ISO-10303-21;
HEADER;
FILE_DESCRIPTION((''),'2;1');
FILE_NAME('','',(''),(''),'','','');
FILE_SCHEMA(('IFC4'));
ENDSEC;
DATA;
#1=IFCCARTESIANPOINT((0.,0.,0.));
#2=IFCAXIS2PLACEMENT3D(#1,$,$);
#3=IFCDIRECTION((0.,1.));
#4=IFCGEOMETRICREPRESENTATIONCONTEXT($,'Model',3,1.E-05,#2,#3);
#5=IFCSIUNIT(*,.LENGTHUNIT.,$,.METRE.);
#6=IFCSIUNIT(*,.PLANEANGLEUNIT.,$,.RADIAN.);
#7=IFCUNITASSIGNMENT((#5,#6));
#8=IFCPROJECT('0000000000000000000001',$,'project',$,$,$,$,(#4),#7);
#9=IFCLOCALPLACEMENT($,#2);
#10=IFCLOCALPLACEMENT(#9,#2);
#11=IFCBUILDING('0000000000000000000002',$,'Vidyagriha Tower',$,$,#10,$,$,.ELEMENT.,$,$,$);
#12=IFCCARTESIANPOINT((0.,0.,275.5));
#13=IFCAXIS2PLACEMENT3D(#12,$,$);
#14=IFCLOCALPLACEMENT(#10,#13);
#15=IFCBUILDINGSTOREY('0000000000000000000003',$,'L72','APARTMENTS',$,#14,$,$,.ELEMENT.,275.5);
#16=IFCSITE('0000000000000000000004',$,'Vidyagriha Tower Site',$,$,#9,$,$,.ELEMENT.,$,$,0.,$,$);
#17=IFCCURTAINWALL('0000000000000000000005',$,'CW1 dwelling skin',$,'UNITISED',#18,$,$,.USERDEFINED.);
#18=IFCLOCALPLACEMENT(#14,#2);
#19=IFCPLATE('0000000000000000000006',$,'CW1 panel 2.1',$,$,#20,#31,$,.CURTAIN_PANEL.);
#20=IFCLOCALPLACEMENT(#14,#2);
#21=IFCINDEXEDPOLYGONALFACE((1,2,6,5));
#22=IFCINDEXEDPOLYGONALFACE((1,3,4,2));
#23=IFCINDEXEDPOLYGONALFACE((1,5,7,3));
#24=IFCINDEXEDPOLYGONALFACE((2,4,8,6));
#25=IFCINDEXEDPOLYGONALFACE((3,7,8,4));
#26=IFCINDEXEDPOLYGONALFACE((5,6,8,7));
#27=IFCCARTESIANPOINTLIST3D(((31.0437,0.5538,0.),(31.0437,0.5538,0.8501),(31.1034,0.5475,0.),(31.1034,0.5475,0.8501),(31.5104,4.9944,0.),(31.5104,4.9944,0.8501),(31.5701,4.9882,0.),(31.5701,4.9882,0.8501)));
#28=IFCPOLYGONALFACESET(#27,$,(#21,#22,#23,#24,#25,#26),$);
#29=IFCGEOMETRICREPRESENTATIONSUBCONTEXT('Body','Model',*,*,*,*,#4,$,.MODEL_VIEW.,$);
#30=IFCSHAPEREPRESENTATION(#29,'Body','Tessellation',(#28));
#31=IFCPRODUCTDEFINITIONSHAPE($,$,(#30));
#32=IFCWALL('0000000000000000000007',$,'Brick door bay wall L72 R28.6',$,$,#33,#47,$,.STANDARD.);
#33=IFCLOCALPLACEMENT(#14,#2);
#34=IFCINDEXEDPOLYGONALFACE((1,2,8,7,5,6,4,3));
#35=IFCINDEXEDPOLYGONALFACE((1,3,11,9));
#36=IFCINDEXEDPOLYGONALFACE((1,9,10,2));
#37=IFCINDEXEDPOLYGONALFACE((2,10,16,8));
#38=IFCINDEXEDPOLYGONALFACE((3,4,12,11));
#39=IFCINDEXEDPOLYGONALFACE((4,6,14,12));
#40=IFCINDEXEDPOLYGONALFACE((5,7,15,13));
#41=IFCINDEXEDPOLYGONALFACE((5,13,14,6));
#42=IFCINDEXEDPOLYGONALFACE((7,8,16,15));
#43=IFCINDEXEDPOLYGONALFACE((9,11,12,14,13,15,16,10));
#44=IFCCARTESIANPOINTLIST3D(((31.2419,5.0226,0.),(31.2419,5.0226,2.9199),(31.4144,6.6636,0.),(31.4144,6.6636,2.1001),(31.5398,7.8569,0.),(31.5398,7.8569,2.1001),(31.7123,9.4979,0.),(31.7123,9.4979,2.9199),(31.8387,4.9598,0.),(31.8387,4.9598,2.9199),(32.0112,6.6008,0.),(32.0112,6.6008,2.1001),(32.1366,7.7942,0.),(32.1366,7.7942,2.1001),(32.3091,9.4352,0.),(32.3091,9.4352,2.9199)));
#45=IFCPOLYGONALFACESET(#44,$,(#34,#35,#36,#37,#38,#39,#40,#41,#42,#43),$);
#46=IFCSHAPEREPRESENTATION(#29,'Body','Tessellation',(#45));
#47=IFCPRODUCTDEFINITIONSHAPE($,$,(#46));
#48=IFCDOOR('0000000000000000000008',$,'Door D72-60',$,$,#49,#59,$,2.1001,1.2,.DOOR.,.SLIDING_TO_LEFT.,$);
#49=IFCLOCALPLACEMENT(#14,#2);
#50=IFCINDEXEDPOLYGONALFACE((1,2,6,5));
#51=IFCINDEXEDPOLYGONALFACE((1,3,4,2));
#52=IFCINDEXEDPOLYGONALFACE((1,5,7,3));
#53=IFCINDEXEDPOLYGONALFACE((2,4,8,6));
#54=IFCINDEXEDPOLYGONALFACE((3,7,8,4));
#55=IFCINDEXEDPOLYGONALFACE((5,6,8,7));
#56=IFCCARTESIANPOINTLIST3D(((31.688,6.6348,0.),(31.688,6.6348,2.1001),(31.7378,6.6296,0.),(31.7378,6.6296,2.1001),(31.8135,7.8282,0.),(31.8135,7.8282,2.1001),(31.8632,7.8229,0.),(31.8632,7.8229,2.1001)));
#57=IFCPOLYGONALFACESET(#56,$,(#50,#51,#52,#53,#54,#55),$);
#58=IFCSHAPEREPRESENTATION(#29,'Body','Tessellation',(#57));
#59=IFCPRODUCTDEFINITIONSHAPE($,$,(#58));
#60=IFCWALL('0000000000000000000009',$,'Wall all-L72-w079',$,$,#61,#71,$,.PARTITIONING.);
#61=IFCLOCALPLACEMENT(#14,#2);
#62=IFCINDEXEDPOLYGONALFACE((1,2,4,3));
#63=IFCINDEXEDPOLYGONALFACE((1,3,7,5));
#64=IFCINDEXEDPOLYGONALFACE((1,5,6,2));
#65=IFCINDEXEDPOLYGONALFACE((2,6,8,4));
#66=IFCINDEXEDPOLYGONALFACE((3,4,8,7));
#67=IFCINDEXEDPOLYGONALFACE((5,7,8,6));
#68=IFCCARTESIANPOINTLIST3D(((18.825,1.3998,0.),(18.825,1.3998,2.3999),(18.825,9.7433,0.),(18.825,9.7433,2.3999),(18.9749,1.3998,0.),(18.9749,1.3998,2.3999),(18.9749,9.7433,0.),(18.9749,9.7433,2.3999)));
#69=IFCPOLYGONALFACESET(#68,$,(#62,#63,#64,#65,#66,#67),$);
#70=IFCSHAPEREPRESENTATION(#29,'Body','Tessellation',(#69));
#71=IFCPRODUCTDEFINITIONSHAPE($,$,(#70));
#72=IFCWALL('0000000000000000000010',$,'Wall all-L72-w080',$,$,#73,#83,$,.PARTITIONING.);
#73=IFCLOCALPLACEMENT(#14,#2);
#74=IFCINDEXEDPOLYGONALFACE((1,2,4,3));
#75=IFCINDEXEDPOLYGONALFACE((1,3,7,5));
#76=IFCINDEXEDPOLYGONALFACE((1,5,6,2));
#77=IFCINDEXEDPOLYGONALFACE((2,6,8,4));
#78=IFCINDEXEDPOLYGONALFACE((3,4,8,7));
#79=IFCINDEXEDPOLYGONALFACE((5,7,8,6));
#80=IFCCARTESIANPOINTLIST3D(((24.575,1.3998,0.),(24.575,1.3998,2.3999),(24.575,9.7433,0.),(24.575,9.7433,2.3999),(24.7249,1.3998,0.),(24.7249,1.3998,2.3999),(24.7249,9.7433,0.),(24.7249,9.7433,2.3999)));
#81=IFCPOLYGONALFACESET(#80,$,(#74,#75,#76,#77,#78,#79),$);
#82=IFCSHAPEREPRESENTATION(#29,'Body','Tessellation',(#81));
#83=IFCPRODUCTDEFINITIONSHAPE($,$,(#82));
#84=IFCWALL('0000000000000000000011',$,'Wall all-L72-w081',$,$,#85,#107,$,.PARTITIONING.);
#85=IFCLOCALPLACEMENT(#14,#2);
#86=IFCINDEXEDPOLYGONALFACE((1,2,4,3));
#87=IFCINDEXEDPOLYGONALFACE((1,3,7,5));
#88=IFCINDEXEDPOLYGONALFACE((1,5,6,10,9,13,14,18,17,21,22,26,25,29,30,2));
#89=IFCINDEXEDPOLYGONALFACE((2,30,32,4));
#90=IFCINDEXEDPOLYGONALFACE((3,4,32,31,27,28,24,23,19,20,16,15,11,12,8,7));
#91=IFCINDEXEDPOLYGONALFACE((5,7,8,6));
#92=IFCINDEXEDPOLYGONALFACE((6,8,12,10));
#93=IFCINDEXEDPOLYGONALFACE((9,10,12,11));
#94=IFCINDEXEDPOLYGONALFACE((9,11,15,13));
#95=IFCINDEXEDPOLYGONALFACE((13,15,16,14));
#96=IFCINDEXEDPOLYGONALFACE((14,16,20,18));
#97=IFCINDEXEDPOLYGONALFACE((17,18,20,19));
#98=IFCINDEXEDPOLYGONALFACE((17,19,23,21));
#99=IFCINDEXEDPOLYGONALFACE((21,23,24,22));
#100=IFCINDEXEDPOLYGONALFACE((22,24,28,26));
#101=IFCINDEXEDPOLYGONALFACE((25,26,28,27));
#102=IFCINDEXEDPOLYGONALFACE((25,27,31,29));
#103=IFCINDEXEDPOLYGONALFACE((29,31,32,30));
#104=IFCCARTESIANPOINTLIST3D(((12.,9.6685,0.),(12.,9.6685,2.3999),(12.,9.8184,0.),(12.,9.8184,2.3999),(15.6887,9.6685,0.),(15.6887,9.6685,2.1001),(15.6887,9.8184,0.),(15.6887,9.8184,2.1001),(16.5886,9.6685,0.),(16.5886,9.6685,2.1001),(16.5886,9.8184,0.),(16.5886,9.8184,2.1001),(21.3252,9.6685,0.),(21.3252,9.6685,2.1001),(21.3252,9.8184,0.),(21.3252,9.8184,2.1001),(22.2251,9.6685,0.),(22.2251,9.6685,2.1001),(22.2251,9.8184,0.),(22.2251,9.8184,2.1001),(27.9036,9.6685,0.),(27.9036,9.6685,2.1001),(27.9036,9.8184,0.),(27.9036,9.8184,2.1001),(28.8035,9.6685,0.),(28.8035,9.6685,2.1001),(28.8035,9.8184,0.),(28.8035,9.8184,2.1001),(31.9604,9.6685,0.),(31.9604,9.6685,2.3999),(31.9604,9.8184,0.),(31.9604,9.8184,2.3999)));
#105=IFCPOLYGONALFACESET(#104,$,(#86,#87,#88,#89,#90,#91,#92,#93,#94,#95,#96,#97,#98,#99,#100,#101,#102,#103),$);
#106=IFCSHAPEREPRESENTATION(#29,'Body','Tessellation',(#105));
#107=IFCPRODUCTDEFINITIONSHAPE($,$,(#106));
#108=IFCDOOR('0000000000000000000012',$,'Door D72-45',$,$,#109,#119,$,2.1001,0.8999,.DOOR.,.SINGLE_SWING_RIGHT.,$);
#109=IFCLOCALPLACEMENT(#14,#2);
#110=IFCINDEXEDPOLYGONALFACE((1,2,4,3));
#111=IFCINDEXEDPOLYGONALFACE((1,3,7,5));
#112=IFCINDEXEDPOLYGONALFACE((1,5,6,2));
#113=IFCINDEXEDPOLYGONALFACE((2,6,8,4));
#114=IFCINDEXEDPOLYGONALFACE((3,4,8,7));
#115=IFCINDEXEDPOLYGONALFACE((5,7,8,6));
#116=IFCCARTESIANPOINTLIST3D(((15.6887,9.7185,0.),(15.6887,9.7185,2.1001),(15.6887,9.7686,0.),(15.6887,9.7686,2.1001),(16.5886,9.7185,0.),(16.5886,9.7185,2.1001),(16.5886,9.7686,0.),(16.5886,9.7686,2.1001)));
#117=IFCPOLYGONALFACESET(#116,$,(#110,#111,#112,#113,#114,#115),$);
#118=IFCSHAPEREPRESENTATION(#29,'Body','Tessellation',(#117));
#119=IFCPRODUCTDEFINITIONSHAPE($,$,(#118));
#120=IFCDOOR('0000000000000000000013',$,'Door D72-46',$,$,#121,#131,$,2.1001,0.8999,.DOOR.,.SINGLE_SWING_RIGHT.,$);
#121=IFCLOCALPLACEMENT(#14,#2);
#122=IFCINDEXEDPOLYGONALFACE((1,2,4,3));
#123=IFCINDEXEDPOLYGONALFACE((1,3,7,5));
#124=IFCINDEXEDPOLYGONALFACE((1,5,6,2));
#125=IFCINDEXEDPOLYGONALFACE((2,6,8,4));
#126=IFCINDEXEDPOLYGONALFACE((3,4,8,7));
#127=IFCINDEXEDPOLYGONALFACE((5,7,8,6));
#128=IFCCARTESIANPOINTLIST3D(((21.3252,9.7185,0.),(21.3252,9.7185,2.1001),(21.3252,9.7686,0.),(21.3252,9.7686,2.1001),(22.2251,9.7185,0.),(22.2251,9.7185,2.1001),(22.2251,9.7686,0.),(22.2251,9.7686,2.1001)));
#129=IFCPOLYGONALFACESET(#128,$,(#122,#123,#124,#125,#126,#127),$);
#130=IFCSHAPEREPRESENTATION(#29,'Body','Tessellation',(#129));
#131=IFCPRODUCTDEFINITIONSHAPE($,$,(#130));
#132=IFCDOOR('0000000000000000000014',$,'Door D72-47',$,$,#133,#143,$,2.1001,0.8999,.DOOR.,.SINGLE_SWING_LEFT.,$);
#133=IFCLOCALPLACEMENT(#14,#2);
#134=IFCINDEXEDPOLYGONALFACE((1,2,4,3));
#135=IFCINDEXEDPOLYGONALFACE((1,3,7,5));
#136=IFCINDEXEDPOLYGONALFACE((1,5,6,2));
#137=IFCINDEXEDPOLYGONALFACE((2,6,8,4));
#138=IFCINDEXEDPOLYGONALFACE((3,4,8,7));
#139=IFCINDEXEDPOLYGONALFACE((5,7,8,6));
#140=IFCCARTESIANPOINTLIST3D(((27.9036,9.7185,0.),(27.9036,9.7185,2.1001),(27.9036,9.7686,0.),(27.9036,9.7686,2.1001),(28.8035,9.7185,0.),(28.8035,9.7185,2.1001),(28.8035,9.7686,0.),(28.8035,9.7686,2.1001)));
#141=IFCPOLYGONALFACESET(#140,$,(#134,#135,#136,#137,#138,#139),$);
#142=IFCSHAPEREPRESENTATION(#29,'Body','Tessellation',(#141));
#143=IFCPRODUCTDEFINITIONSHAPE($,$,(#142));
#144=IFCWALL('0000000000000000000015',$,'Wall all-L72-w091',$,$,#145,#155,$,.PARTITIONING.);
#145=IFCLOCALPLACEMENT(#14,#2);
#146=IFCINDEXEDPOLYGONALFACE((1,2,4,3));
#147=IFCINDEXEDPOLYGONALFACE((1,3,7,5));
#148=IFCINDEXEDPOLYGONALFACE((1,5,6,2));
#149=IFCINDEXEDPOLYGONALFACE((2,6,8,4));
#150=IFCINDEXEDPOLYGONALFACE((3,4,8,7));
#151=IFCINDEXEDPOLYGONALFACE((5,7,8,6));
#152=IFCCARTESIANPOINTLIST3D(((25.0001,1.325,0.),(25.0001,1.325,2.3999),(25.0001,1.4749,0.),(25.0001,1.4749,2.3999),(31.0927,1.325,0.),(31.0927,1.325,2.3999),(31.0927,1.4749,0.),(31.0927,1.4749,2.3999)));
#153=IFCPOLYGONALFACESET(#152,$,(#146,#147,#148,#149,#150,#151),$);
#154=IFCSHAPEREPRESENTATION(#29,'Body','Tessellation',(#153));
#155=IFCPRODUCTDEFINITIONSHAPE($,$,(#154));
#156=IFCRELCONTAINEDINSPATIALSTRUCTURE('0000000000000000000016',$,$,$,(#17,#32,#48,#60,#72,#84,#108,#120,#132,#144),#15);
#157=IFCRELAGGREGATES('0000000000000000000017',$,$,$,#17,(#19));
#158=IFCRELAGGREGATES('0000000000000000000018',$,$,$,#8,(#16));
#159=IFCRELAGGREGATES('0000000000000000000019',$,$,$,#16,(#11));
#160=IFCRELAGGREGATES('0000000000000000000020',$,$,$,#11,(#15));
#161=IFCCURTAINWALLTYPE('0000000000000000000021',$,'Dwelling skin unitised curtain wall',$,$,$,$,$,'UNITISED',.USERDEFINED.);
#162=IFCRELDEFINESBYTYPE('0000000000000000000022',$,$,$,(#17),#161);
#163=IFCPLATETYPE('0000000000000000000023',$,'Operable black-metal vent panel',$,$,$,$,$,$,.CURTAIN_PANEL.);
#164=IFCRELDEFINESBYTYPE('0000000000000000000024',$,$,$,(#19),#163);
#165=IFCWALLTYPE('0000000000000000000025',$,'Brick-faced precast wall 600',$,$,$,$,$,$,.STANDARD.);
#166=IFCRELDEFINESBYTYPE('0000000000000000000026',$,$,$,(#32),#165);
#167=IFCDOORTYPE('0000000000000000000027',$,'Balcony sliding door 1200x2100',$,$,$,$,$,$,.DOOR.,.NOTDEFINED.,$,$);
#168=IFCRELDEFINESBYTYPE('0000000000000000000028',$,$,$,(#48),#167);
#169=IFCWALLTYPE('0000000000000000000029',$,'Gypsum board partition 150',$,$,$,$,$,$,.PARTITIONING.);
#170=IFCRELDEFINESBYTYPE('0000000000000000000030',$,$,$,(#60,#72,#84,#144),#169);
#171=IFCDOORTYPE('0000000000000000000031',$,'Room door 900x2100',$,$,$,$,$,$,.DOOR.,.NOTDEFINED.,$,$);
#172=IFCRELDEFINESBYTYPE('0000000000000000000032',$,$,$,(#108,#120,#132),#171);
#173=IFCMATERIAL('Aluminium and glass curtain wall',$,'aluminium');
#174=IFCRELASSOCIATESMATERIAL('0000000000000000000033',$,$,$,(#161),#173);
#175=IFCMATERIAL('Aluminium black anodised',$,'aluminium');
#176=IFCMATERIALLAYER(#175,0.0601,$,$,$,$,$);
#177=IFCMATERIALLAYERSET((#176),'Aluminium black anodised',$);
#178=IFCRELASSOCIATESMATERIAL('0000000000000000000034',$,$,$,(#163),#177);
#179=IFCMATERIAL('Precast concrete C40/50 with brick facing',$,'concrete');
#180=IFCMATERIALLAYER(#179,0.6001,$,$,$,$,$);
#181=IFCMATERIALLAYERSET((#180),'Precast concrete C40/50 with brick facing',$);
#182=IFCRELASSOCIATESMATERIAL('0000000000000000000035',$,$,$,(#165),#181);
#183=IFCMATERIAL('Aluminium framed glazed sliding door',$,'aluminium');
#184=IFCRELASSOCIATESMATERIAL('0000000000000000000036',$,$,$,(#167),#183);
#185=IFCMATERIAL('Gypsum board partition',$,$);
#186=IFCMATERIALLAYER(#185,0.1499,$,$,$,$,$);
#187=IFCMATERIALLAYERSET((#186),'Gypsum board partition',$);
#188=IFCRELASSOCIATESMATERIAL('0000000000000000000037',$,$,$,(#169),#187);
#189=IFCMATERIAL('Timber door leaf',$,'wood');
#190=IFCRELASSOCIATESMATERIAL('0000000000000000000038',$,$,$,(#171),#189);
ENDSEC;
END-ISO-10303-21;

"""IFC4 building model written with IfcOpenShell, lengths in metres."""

from ifc_helpers import new_model, si_unit, direction, frame, frame_2d, origin, origin_2d, place, context, subcontext, project, spatial, rectangle, extrude, material, layer, layer_set, type_object, element, fill, aggregate, save


model = new_model("IFC4")

# Units and contexts
model_context = context("Model", 3, precision=1e-05, world=origin(), true_north=direction((0.0, 1.0)))
body_context = subcontext(model_context, "Body", "Model", "MODEL_VIEW")
ifc_project = project(units=[si_unit("LENGTHUNIT", "METRE"), si_unit("PLANEANGLEUNIT", "RADIAN")], contexts=[model_context])

# Site, building, storey
site_placement = place(None, origin())
site = spatial("IfcSite", under=ifc_project, at=site_placement, Name="Vidyagriha Tower Site", CompositionType="ELEMENT", RefElevation=0.0)
building_placement = place(site_placement, origin())
building = spatial("IfcBuilding", under=site, at=building_placement, Name="Vidyagriha Tower", CompositionType="ELEMENT")
storey_placement = place(building_placement, frame((0.0, 0.0, 275.5)))
storey = spatial("IfcBuildingStorey", under=building, at=storey_placement, Name="L72", Description="APARTMENTS", CompositionType="ELEMENT", Elevation=275.5)

# Curtain wall
ifc_material_1 = material(Name="Aluminium and glass curtain wall", Category="aluminium")
curtain_wall_type = type_object("IfcCurtainWallType", Name="Dwelling skin unitised curtain wall", ElementType="UNITISED", PredefinedType="USERDEFINED", material=ifc_material_1)
curtain_wall_1_placement = place(storey_placement, origin())
curtain_wall_1 = element("IfcCurtainWall", 1, at=curtain_wall_1_placement, inside=storey, type_object=curtain_wall_type, Name="CW1 dwelling skin", ObjectType="UNITISED", PredefinedType="USERDEFINED")

# Plate
ifc_material_2 = material(Name="Aluminium black anodised", Category="aluminium")
ifc_layer_1 = layer(ifc_material_2, 0.0601)
ifc_layer_set_1 = layer_set([ifc_layer_1], Name="Aluminium black anodised")
plate_type_1 = type_object("IfcPlateType", Name="Operable black-metal vent panel", PredefinedType="CURTAIN_PANEL", material=ifc_layer_set_1)
plate_1_placement = place(storey_placement, frame((31.3069, 2.771, 0.0), z_axis=(0.0, 0.0, 1.0), x_axis=(0.10453, 0.994522, 0.0)))
plate_1 = element("IfcPlate", 2, at=plate_1_placement, type_object=plate_type_1, Name="CW1 panel 2.1", PredefinedType="CURTAIN_PANEL", context=body_context, shape_type="SweptSolid", body=[
    extrude(rectangle(XDim=4.4651, YDim=0.0601, at=origin_2d()), origin(), (0.0, 0.0, 1.0), 0.8501),
])
aggregate(curtain_wall_1, [plate_1])

# Wall, opening, door
ifc_material_3 = material(Name="Precast concrete C40/50 with brick facing", Category="concrete")
ifc_layer_2 = layer(ifc_material_3, 0.6001)
ifc_layer_set_2 = layer_set([ifc_layer_2], Name="Precast concrete C40/50 with brick facing")
wall_type_1 = type_object("IfcWallType", Name="Brick-faced precast wall 600", PredefinedType="STANDARD", material=ifc_layer_set_2)
wall_1_placement = place(storey_placement, frame((31.5403, 4.9912, 0.0), z_axis=(0.0, 0.0, 1.0), x_axis=(0.104546, 0.99452, 0.0)))
wall_1 = element("IfcWall", 3, at=wall_1_placement, inside=storey, type_object=wall_type_1, Name="Brick door bay wall L72 R28.6", PredefinedType="STANDARD", context=body_context, shape_type="SweptSolid", body=[
    extrude(rectangle(XDim=4.5, YDim=0.6001, at=frame_2d((2.25, 0.0))), origin(), (0.0, 0.0, 1.0), 2.9199),
])
opening_1_placement = place(wall_1_placement, frame((1.6499, 0.0, 0.0)))
opening_1 = element("IfcOpeningElement", 4, at=opening_1_placement, cuts=wall_1, PredefinedType="OPENING", context=body_context, shape_type="SweptSolid", body=[
    extrude(rectangle(XDim=1.2, YDim=2.1001, at=frame_2d((0.6001, 1.05))), frame((0.0, 0.3101, 0.0), z_axis=(0.0, -1.0, 0.0), x_axis=(1.0, 0.0, 0.0)), (0.0, 0.0, 1.0), 0.6201),
])
ifc_material_4 = material(Name="Aluminium framed glazed sliding door", Category="aluminium")
door_type_1 = type_object("IfcDoorType", Name="Balcony sliding door 1200x2100", OperationType="NOTDEFINED", PredefinedType="DOOR", material=ifc_material_4)
door_1_placement = place(opening_1_placement, origin())
door_1 = element("IfcDoor", 5, at=door_1_placement, inside=storey, type_object=door_type_1, Name="Door D72-60", OperationType="SLIDING_TO_LEFT", OverallHeight=2.1001, OverallWidth=1.2, PredefinedType="DOOR", context=body_context, shape_type="SweptSolid", body=[
    extrude(rectangle(XDim=1.2, YDim=2.1001, at=frame_2d((0.6001, 1.05))), frame((0.0, 0.0249, 0.0), z_axis=(0.0, -1.0, 0.0), x_axis=(1.0, 0.0, 0.0)), (0.0, 0.0, 1.0), 0.05),
])
fill(opening_1, door_1)

# Walls
ifc_material_5 = material(Name="Gypsum board partition")
ifc_layer_3 = layer(ifc_material_5, 0.1499)
ifc_layer_set_3 = layer_set([ifc_layer_3], Name="Gypsum board partition")
wall_type_2 = type_object("IfcWallType", Name="Gypsum board partition 150", PredefinedType="PARTITIONING", material=ifc_layer_set_3)
for number, where, z_axis, x_axis, name in (
    (6, (18.8999, 9.7434, 0.0), (0.0, 0.0, 1.0), (0.0, -1.0, 0.0), "Wall all-L72-w079"),
    (7, (24.6499, 9.7434, 0.0), (0.0, 0.0, 1.0), (0.0, -1.0, 0.0), "Wall all-L72-w080"),
):
    element("IfcWall", number, at=place(storey_placement, frame(where, z_axis=z_axis, x_axis=x_axis)), inside=storey, type_object=wall_type_2, Name=name, PredefinedType="PARTITIONING", context=body_context, shape_type="SweptSolid", body=[
        extrude(rectangle(XDim=8.3435, YDim=0.1499, at=frame_2d((4.1719, 0.0))), origin(), (0.0, 0.0, 1.0), 2.3999),
    ])

# Wall, openings, doors
wall_2_placement = place(storey_placement, frame((31.9604, 9.7434, 0.0), z_axis=(0.0, 0.0, 1.0), x_axis=(-1.0, 0.0, 0.0)))
wall_2 = element("IfcWall", 8, at=wall_2_placement, inside=storey, type_object=wall_type_2, Name="Wall all-L72-w081", PredefinedType="PARTITIONING", context=body_context, shape_type="SweptSolid", body=[
    extrude(rectangle(XDim=19.9604, YDim=0.1499, at=frame_2d((9.9802, 0.0))), origin(), (0.0, 0.0, 1.0), 2.3999),
])
opening_2_placement = place(wall_2_placement, frame((15.3718, 0.0, 0.0)))
opening_2 = element("IfcOpeningElement", 9, at=opening_2_placement, cuts=wall_2, PredefinedType="OPENING", context=body_context, shape_type="SweptSolid", body=[
    extrude(rectangle(XDim=0.8999, YDim=2.1001, at=frame_2d((0.45, 1.05))), frame((0.0, 0.085, 0.0), z_axis=(0.0, -1.0, 0.0), x_axis=(1.0, 0.0, 0.0)), (0.0, 0.0, 1.0), 0.1699),
])
opening_3_placement = place(wall_2_placement, frame((9.7354, 0.0, 0.0)))
opening_3 = element("IfcOpeningElement", 10, at=opening_3_placement, cuts=wall_2, PredefinedType="OPENING", context=body_context, shape_type="SweptSolid", body=[
    extrude(rectangle(XDim=0.8999, YDim=2.1001, at=frame_2d((0.45, 1.05))), frame((0.0, 0.085, 0.0), z_axis=(0.0, -1.0, 0.0), x_axis=(1.0, 0.0, 0.0)), (0.0, 0.0, 1.0), 0.1699),
])
opening_4_placement = place(wall_2_placement, frame((3.157, 0.0, 0.0)))
opening_4 = element("IfcOpeningElement", 11, at=opening_4_placement, cuts=wall_2, PredefinedType="OPENING", context=body_context, shape_type="SweptSolid", body=[
    extrude(rectangle(XDim=0.8999, YDim=2.1001, at=frame_2d((0.45, 1.05))), frame((0.0, 0.085, 0.0), z_axis=(0.0, -1.0, 0.0), x_axis=(1.0, 0.0, 0.0)), (0.0, 0.0, 1.0), 0.1699),
])
ifc_material_6 = material(Name="Timber door leaf", Category="wood")
door_type_2 = type_object("IfcDoorType", Name="Room door 900x2100", OperationType="NOTDEFINED", PredefinedType="DOOR", material=ifc_material_6)
door_2_placement = place(opening_2_placement, origin())
door_2 = element("IfcDoor", 12, at=door_2_placement, inside=storey, type_object=door_type_2, Name="Door D72-45", OperationType="SINGLE_SWING_RIGHT", OverallHeight=2.1001, OverallWidth=0.8999, PredefinedType="DOOR", context=body_context, shape_type="SweptSolid", body=[
    extrude(rectangle(XDim=0.8999, YDim=2.1001, at=frame_2d((0.45, 1.05))), frame((0.0, 0.0249, 0.0), z_axis=(0.0, -1.0, 0.0), x_axis=(1.0, 0.0, 0.0)), (0.0, 0.0, 1.0), 0.05),
])
fill(opening_2, door_2)
door_3_placement = place(opening_3_placement, origin())
door_3 = element("IfcDoor", 13, at=door_3_placement, inside=storey, type_object=door_type_2, Name="Door D72-46", OperationType="SINGLE_SWING_RIGHT", OverallHeight=2.1001, OverallWidth=0.8999, PredefinedType="DOOR", context=body_context, shape_type="SweptSolid", body=[
    extrude(rectangle(XDim=0.8999, YDim=2.1001, at=frame_2d((0.45, 1.05))), frame((0.0, 0.0249, 0.0), z_axis=(0.0, -1.0, 0.0), x_axis=(1.0, 0.0, 0.0)), (0.0, 0.0, 1.0), 0.05),
])
fill(opening_3, door_3)
door_4_placement = place(opening_4_placement, origin())
door_4 = element("IfcDoor", 14, at=door_4_placement, inside=storey, type_object=door_type_2, Name="Door D72-47", OperationType="SINGLE_SWING_LEFT", OverallHeight=2.1001, OverallWidth=0.8999, PredefinedType="DOOR", context=body_context, shape_type="SweptSolid", body=[
    extrude(rectangle(XDim=0.8999, YDim=2.1001, at=frame_2d((0.45, 1.05))), frame((0.0, 0.0249, 0.0), z_axis=(0.0, -1.0, 0.0), x_axis=(1.0, 0.0, 0.0)), (0.0, 0.0, 1.0), 0.05),
])
fill(opening_4, door_4)

# Wall
wall_3_placement = place(storey_placement, frame((25.0, 1.3999, 0.0)))
element("IfcWall", 15, at=wall_3_placement, inside=storey, type_object=wall_type_2, Name="Wall all-L72-w091", PredefinedType="PARTITIONING", context=body_context, shape_type="SweptSolid", body=[
    extrude(rectangle(XDim=6.0925, YDim=0.1499, at=frame_2d((3.0464, 0.0))), origin(), (0.0, 0.0, 1.0), 2.3999),
])

save(model, "model.ifc")
